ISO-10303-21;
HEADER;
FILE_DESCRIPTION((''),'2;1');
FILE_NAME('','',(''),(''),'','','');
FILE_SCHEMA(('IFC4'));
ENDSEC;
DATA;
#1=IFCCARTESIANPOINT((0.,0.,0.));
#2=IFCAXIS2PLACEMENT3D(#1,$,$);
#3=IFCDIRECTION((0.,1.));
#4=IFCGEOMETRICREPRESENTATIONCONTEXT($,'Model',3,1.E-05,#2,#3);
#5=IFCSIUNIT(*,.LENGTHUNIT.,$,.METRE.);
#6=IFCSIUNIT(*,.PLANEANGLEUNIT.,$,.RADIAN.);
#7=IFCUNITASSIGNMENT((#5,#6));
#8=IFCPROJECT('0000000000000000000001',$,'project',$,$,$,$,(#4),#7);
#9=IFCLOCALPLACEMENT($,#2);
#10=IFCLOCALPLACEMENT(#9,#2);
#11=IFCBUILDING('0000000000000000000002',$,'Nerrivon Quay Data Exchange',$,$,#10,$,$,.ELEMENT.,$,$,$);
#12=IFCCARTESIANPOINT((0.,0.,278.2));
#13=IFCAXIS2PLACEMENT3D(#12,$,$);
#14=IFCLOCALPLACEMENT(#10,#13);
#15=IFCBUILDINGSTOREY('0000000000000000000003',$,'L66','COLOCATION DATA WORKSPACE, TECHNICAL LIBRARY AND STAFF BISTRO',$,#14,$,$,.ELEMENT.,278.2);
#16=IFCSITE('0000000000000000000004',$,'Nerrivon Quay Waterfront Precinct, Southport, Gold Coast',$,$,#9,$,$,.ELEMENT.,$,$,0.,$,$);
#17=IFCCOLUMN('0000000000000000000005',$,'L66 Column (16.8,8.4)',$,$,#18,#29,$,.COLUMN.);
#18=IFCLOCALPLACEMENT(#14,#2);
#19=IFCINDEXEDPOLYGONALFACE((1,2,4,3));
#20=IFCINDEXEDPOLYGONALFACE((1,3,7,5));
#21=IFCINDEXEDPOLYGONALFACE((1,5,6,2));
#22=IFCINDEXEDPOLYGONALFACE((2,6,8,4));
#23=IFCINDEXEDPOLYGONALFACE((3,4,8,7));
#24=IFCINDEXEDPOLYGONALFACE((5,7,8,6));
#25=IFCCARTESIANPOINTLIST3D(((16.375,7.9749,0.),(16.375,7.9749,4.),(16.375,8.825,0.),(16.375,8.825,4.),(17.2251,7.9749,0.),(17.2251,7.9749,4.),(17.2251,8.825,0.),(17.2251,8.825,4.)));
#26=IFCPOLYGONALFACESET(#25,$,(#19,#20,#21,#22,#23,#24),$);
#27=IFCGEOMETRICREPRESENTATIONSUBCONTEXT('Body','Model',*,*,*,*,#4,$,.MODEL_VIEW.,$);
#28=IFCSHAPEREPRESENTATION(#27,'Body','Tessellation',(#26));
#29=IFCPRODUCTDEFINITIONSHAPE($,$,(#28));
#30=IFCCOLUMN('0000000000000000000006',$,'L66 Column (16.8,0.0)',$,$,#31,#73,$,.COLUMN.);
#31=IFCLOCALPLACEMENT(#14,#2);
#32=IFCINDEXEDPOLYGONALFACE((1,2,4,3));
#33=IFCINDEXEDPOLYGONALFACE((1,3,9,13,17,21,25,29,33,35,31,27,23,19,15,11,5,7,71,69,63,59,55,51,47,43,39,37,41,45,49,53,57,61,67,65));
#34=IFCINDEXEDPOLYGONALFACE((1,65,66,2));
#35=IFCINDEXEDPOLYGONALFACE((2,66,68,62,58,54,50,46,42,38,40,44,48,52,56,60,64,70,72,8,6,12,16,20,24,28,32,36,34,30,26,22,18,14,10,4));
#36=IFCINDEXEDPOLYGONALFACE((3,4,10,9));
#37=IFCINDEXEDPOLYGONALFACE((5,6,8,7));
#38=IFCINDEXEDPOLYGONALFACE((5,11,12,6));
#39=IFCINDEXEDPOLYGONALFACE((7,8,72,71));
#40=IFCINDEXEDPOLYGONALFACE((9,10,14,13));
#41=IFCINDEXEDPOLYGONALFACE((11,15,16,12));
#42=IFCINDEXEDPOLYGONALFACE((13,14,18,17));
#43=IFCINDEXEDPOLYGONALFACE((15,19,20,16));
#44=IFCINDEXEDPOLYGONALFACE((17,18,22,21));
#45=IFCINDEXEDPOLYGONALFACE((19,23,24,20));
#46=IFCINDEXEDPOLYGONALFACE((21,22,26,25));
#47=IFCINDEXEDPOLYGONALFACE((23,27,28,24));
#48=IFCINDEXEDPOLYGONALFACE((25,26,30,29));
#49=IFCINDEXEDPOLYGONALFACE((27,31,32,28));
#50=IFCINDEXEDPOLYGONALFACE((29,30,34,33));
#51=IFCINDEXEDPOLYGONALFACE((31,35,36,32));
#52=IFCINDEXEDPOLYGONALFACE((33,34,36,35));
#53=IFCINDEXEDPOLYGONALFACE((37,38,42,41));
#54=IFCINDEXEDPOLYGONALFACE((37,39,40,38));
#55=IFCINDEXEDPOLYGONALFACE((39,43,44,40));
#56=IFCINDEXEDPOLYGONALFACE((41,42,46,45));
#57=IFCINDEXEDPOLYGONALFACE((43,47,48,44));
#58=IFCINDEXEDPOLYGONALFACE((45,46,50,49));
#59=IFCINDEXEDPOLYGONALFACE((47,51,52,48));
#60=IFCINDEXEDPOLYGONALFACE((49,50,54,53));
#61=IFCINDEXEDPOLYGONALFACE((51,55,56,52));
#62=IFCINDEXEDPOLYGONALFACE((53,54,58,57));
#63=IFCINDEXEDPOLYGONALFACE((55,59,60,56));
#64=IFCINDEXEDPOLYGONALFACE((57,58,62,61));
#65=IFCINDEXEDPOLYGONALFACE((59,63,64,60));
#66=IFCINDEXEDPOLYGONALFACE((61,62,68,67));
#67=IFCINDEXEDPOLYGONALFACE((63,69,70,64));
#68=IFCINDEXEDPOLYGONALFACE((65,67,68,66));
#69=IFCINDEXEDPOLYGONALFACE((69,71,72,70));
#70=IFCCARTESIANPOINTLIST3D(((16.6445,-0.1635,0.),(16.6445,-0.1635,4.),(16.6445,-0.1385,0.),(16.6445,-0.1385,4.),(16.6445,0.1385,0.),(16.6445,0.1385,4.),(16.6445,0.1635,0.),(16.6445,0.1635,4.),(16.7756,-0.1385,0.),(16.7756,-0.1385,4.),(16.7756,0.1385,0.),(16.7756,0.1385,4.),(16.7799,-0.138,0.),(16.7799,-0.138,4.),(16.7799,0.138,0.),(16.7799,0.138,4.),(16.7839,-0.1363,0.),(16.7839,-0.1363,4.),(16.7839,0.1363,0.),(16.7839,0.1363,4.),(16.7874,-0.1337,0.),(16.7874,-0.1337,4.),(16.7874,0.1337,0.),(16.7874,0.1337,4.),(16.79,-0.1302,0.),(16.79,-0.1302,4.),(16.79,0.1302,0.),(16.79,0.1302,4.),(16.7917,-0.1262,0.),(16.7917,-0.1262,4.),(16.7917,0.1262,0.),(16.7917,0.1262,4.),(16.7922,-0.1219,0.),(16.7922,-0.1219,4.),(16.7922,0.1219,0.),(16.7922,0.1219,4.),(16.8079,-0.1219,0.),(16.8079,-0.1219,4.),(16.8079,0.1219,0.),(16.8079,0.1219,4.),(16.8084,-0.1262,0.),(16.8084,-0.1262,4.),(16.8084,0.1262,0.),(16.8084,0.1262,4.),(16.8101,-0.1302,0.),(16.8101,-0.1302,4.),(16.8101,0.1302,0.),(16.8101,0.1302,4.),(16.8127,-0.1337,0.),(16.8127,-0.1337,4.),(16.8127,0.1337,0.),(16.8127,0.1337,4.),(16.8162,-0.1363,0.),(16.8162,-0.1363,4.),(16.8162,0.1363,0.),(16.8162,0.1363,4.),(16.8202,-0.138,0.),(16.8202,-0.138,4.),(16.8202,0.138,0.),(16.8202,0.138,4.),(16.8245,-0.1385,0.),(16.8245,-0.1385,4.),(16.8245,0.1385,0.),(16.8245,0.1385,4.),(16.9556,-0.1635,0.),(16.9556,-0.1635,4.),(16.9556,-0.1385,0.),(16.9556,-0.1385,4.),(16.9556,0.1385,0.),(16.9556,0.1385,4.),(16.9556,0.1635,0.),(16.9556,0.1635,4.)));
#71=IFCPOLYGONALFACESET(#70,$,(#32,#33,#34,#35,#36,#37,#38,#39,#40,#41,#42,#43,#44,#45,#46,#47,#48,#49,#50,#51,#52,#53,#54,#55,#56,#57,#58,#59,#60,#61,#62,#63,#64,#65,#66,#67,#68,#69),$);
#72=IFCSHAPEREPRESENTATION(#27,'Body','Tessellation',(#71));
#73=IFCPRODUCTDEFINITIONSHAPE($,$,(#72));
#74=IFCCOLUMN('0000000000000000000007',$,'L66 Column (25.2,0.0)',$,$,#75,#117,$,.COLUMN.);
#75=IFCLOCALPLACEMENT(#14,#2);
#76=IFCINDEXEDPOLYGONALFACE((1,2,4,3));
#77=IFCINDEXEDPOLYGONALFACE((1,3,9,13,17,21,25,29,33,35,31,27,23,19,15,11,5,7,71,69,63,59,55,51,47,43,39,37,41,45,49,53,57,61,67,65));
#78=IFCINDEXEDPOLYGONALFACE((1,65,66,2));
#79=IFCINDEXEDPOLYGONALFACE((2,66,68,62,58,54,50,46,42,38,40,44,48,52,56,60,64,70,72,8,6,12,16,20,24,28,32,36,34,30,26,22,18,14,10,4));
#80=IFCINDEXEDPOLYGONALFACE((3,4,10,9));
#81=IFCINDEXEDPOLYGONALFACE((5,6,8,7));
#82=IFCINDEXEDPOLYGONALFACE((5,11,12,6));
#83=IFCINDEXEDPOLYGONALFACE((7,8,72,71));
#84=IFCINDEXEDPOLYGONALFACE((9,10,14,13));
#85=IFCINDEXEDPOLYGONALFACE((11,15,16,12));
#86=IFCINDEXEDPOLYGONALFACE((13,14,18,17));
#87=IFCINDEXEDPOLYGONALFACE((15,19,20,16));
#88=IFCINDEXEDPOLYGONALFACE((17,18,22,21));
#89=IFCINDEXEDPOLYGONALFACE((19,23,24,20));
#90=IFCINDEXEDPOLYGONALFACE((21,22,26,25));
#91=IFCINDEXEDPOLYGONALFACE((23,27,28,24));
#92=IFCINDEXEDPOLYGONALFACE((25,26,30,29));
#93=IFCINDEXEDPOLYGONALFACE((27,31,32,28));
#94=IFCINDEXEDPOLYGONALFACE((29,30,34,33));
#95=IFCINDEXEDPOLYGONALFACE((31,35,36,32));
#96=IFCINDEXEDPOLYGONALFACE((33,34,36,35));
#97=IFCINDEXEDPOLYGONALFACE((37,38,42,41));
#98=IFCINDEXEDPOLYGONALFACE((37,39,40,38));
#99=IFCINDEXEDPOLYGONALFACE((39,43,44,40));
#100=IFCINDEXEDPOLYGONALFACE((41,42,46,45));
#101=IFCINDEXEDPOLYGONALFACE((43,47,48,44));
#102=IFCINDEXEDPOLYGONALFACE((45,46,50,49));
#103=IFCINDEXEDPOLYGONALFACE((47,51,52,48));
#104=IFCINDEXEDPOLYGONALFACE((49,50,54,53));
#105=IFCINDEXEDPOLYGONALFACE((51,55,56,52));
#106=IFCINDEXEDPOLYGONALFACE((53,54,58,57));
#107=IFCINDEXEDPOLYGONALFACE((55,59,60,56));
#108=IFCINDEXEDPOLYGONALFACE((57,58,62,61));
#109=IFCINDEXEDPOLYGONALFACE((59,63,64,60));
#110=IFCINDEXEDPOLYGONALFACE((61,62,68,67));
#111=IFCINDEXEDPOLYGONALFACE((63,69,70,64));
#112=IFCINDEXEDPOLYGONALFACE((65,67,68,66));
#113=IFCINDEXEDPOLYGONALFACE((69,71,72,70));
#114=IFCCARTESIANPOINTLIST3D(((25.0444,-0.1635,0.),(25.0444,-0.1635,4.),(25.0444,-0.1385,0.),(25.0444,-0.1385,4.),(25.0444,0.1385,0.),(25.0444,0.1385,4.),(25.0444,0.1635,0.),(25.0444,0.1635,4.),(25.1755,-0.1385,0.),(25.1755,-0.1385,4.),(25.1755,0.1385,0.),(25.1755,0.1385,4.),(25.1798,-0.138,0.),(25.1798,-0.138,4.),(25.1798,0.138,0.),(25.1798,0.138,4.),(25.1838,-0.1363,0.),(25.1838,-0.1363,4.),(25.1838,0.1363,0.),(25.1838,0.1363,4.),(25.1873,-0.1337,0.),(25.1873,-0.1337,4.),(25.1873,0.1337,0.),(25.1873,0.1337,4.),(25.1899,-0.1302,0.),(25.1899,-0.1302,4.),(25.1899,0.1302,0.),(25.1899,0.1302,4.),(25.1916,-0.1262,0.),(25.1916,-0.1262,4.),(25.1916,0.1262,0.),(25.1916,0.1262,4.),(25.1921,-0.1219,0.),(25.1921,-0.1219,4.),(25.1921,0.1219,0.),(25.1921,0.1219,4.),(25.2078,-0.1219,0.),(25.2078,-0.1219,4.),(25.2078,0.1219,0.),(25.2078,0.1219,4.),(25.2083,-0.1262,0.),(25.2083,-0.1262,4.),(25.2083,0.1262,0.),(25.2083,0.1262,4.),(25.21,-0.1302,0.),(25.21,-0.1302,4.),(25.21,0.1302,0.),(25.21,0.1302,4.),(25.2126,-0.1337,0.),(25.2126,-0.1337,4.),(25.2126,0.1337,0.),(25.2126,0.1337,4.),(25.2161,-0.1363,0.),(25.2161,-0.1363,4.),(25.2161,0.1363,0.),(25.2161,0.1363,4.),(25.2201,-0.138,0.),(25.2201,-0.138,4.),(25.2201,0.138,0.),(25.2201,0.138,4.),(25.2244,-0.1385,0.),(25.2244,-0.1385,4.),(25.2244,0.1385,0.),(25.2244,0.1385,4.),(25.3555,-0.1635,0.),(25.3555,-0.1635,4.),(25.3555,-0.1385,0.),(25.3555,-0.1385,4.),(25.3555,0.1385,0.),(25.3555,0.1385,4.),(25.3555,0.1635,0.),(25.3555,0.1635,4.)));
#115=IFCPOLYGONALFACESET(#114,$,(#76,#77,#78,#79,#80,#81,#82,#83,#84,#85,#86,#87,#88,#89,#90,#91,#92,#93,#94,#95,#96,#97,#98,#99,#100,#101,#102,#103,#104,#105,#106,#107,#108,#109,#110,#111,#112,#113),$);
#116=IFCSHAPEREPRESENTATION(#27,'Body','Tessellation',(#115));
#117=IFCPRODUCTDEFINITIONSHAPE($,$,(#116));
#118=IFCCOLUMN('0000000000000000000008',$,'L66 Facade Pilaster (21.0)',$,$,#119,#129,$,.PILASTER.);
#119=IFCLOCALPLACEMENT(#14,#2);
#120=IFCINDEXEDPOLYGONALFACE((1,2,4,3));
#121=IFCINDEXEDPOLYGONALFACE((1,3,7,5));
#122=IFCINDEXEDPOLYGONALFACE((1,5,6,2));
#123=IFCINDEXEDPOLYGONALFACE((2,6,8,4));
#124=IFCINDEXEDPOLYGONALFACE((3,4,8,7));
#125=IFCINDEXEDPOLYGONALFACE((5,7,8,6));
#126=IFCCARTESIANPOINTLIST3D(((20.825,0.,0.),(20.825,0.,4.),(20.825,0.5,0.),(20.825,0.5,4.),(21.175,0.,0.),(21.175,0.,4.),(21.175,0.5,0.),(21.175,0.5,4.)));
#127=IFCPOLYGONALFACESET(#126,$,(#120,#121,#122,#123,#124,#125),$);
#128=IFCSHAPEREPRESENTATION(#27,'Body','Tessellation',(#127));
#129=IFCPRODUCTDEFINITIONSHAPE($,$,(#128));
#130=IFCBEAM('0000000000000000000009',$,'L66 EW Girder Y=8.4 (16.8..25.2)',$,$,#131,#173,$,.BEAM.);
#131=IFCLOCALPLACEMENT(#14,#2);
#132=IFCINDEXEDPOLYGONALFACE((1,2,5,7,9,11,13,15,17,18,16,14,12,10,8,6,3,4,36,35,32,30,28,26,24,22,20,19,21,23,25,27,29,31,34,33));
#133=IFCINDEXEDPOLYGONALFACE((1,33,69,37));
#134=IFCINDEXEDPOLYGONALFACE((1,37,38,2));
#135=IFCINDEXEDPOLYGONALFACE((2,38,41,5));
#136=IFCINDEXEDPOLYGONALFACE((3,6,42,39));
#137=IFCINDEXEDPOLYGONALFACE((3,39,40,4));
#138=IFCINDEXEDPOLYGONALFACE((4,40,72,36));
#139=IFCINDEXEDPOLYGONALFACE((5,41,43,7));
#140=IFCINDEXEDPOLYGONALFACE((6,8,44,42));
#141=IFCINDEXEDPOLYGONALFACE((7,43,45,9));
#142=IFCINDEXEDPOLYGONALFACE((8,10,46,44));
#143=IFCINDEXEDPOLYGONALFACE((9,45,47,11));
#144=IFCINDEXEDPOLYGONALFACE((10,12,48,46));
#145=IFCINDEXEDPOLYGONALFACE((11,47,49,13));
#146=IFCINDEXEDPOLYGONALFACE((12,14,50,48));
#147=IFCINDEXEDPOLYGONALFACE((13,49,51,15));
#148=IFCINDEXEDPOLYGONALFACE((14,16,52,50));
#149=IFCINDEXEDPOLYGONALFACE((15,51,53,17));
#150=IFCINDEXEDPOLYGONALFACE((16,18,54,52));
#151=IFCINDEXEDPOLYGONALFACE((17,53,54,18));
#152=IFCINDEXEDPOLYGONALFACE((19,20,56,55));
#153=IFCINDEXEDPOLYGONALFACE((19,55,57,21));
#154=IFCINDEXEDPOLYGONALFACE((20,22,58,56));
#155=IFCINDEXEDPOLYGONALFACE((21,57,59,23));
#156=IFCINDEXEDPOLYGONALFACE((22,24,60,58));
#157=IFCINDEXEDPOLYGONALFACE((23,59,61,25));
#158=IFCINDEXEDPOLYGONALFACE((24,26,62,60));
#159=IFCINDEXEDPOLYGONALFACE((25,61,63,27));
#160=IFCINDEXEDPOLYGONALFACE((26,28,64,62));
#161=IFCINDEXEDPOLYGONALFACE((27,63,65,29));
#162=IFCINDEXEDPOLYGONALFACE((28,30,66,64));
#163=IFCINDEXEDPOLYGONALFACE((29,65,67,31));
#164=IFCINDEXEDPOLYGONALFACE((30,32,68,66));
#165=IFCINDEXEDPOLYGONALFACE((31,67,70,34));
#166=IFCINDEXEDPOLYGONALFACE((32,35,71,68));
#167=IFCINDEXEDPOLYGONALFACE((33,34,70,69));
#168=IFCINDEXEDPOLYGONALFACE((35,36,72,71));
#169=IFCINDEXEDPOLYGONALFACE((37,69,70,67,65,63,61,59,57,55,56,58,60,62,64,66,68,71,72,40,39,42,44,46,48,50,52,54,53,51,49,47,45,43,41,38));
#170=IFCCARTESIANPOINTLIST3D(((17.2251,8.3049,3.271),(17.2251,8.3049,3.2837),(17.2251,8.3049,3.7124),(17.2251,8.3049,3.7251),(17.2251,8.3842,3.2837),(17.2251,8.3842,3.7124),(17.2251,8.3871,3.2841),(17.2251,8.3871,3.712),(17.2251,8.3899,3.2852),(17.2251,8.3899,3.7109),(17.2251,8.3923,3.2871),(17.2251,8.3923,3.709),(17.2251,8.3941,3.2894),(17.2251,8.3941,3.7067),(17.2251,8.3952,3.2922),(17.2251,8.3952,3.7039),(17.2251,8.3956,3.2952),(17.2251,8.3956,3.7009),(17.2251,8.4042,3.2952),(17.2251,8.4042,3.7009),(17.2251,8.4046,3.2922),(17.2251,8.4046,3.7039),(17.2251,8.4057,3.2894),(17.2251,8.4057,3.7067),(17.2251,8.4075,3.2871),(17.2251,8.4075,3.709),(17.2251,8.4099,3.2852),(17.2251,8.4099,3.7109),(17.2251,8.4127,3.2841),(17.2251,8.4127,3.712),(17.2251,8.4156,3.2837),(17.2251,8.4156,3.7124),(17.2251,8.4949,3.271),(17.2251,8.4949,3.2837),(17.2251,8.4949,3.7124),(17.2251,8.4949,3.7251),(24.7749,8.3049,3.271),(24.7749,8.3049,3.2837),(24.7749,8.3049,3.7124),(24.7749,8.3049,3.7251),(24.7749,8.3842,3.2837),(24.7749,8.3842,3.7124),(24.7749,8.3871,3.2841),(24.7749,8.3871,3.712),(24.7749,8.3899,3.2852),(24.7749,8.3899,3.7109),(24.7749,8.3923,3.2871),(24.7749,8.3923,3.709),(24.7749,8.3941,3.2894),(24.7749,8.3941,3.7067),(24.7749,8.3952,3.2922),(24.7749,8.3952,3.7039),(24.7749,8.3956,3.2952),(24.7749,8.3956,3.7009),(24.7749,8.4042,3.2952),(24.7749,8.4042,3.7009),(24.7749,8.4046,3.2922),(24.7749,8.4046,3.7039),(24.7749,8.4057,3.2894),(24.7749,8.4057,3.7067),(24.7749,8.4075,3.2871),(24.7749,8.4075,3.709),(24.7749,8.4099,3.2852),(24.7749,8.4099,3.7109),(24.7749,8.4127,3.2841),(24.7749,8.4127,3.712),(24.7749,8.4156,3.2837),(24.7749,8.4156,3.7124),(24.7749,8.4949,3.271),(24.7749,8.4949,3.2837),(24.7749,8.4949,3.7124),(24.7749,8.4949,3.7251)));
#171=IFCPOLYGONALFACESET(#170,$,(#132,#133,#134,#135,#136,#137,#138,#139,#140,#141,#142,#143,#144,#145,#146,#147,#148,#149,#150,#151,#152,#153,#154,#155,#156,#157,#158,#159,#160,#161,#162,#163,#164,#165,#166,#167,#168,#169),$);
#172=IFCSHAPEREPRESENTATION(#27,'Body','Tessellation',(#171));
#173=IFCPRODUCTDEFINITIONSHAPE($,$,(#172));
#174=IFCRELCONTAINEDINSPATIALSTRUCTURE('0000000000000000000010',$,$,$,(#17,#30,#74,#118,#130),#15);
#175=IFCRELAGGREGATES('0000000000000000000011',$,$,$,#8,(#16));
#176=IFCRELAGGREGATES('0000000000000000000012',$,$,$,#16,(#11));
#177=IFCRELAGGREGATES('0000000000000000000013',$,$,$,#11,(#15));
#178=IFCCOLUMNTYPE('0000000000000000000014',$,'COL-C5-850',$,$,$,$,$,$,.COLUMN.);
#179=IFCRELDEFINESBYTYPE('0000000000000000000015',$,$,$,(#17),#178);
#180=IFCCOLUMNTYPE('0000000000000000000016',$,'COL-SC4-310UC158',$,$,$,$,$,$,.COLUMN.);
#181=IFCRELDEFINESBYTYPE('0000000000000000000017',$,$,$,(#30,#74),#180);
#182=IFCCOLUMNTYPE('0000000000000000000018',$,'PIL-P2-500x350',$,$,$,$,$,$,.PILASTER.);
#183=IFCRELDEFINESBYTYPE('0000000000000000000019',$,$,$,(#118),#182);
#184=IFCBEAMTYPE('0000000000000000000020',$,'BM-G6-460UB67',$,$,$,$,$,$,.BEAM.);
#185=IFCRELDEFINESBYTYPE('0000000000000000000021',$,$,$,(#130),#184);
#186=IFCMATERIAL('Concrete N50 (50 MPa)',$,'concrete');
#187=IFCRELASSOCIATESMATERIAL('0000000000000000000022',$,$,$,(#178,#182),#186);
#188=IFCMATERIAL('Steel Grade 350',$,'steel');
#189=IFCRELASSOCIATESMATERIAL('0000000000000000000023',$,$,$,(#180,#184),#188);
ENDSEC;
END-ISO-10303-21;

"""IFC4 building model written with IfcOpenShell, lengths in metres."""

from ifc_helpers import new_model, si_unit, direction, frame, origin, origin_2d, place, context, subcontext, project, spatial, rectangle, i_section, extrude, material, material_profile, profile_set, type_object, element, save


model = new_model("IFC4")

# Units and contexts
model_context = context("Model", 3, precision=1e-05, world=origin(), true_north=direction((0.0, 1.0)))
body_context = subcontext(model_context, "Body", "Model", "MODEL_VIEW")
ifc_project = project(units=[si_unit("LENGTHUNIT", "METRE"), si_unit("PLANEANGLEUNIT", "RADIAN")], contexts=[model_context])

# Site, building, storey
site_placement = place(None, origin())
site = spatial("IfcSite", under=ifc_project, at=site_placement, Name="Nerrivon Quay Waterfront Precinct, Southport, Gold Coast", CompositionType="ELEMENT", RefElevation=0.0)
building_placement = place(site_placement, origin())
building = spatial("IfcBuilding", under=site, at=building_placement, Name="Nerrivon Quay Data Exchange", CompositionType="ELEMENT")
storey_placement = place(building_placement, frame((0.0, 0.0, 278.2)))
storey = spatial("IfcBuildingStorey", under=building, at=storey_placement, Name="L66", Description="COLOCATION DATA WORKSPACE, TECHNICAL LIBRARY AND STAFF BISTRO", CompositionType="ELEMENT", Elevation=278.2)

# Columns
ifc_material_1 = material(Name="Concrete N50 (50 MPa)", Category="concrete")
ifc_material_profile_1 = material_profile(ifc_material_1, rectangle(XDim=0.8501, YDim=0.8501, at=origin_2d()), Name="RC-COL-850x850")
ifc_profile_set_1 = profile_set([ifc_material_profile_1], Name="Concrete N50 (50 MPa)")
column_type_1 = type_object("IfcColumnType", Name="COL-C5-850", PredefinedType="COLUMN", material=ifc_profile_set_1)
column_1_placement = place(storey_placement, frame((16.8, 8.3999, 0.0), z_axis=(0.0, 0.0, 1.0), x_axis=(1.0, 0.0, 0.0)))
element("IfcColumn", 1, at=column_1_placement, inside=storey, type_object=column_type_1, Name="L66 Column (16.8,8.4)", PredefinedType="COLUMN", context=body_context, shape_type="SweptSolid", body=[
    extrude(rectangle(XDim=0.8501, YDim=0.8501, at=origin_2d()), origin(), (0.0, 0.0, 1.0), 4.0),
])
ifc_material_2 = material(Name="Steel Grade 350", Category="steel")
ifc_material_profile_2 = material_profile(ifc_material_2, i_section(OverallWidth=0.311, OverallDepth=0.3269, WebThickness=0.0156, FlangeThickness=0.0249, FilletRadius=0.0166, at=origin_2d()), Name="310UC158")
ifc_profile_set_2 = profile_set([ifc_material_profile_2], Name="Steel Grade 350")
column_type_2 = type_object("IfcColumnType", Name="COL-SC4-310UC158", PredefinedType="COLUMN", material=ifc_profile_set_2)
for number, where, z_axis, x_axis, name in (
    (2, (16.8, 0.0, 0.0), (0.0, 0.0, 1.0), (1.0, 0.0, 0.0), "L66 Column (16.8,0.0)"),
    (3, (25.2, 0.0, 0.0), (0.0, 0.0, 1.0), (1.0, 0.0, 0.0), "L66 Column (25.2,0.0)"),
):
    element("IfcColumn", number, at=place(storey_placement, frame(where, z_axis=z_axis, x_axis=x_axis)), inside=storey, type_object=column_type_2, Name=name, PredefinedType="COLUMN", context=body_context, shape_type="SweptSolid", body=[
        extrude(i_section(OverallWidth=0.311, OverallDepth=0.3269, WebThickness=0.0156, FlangeThickness=0.0249, FilletRadius=0.0166, at=origin_2d()), origin(), (0.0, 0.0, 1.0), 4.0),
    ])
ifc_material_profile_3 = material_profile(ifc_material_1, rectangle(XDim=0.3501, YDim=0.5, at=origin_2d()), Name="RC-PIL-500x350")
ifc_profile_set_3 = profile_set([ifc_material_profile_3], Name="Concrete N50 (50 MPa)")
column_type_3 = type_object("IfcColumnType", Name="PIL-P2-500x350", PredefinedType="PILASTER", material=ifc_profile_set_3)
column_2_placement = place(storey_placement, frame((21.0, 0.25, 0.0), z_axis=(0.0, 0.0, 1.0), x_axis=(1.0, 0.0, 0.0)))
element("IfcColumn", 4, at=column_2_placement, inside=storey, type_object=column_type_3, Name="L66 Facade Pilaster (21.0)", PredefinedType="PILASTER", context=body_context, shape_type="SweptSolid", body=[
    extrude(rectangle(XDim=0.3501, YDim=0.5, at=origin_2d()), origin(), (0.0, 0.0, 1.0), 4.0),
])

# Beam
ifc_material_profile_4 = material_profile(ifc_material_2, i_section(OverallWidth=0.1899, OverallDepth=0.4541, WebThickness=0.0085, FlangeThickness=0.0127, FilletRadius=0.0115, at=origin_2d()), Name="460UB67.1")
ifc_profile_set_4 = profile_set([ifc_material_profile_4], Name="Steel Grade 350")
beam_type_1 = type_object("IfcBeamType", Name="BM-G6-460UB67", PredefinedType="BEAM", material=ifc_profile_set_4)
beam_1_placement = place(storey_placement, frame((17.2251, 8.3999, 3.498), z_axis=(1.0, 0.0, 0.0), x_axis=(0.0, 1.0, 0.0)))
element("IfcBeam", 5, at=beam_1_placement, inside=storey, type_object=beam_type_1, Name="L66 EW Girder Y=8.4 (16.8..25.2)", PredefinedType="BEAM", context=body_context, shape_type="SweptSolid", body=[
    extrude(i_section(OverallWidth=0.1899, OverallDepth=0.4541, WebThickness=0.0085, FlangeThickness=0.0127, FilletRadius=0.0115, at=origin_2d()), origin(), (0.0, 0.0, 1.0), 7.5498),
])

save(model, "model.ifc")
